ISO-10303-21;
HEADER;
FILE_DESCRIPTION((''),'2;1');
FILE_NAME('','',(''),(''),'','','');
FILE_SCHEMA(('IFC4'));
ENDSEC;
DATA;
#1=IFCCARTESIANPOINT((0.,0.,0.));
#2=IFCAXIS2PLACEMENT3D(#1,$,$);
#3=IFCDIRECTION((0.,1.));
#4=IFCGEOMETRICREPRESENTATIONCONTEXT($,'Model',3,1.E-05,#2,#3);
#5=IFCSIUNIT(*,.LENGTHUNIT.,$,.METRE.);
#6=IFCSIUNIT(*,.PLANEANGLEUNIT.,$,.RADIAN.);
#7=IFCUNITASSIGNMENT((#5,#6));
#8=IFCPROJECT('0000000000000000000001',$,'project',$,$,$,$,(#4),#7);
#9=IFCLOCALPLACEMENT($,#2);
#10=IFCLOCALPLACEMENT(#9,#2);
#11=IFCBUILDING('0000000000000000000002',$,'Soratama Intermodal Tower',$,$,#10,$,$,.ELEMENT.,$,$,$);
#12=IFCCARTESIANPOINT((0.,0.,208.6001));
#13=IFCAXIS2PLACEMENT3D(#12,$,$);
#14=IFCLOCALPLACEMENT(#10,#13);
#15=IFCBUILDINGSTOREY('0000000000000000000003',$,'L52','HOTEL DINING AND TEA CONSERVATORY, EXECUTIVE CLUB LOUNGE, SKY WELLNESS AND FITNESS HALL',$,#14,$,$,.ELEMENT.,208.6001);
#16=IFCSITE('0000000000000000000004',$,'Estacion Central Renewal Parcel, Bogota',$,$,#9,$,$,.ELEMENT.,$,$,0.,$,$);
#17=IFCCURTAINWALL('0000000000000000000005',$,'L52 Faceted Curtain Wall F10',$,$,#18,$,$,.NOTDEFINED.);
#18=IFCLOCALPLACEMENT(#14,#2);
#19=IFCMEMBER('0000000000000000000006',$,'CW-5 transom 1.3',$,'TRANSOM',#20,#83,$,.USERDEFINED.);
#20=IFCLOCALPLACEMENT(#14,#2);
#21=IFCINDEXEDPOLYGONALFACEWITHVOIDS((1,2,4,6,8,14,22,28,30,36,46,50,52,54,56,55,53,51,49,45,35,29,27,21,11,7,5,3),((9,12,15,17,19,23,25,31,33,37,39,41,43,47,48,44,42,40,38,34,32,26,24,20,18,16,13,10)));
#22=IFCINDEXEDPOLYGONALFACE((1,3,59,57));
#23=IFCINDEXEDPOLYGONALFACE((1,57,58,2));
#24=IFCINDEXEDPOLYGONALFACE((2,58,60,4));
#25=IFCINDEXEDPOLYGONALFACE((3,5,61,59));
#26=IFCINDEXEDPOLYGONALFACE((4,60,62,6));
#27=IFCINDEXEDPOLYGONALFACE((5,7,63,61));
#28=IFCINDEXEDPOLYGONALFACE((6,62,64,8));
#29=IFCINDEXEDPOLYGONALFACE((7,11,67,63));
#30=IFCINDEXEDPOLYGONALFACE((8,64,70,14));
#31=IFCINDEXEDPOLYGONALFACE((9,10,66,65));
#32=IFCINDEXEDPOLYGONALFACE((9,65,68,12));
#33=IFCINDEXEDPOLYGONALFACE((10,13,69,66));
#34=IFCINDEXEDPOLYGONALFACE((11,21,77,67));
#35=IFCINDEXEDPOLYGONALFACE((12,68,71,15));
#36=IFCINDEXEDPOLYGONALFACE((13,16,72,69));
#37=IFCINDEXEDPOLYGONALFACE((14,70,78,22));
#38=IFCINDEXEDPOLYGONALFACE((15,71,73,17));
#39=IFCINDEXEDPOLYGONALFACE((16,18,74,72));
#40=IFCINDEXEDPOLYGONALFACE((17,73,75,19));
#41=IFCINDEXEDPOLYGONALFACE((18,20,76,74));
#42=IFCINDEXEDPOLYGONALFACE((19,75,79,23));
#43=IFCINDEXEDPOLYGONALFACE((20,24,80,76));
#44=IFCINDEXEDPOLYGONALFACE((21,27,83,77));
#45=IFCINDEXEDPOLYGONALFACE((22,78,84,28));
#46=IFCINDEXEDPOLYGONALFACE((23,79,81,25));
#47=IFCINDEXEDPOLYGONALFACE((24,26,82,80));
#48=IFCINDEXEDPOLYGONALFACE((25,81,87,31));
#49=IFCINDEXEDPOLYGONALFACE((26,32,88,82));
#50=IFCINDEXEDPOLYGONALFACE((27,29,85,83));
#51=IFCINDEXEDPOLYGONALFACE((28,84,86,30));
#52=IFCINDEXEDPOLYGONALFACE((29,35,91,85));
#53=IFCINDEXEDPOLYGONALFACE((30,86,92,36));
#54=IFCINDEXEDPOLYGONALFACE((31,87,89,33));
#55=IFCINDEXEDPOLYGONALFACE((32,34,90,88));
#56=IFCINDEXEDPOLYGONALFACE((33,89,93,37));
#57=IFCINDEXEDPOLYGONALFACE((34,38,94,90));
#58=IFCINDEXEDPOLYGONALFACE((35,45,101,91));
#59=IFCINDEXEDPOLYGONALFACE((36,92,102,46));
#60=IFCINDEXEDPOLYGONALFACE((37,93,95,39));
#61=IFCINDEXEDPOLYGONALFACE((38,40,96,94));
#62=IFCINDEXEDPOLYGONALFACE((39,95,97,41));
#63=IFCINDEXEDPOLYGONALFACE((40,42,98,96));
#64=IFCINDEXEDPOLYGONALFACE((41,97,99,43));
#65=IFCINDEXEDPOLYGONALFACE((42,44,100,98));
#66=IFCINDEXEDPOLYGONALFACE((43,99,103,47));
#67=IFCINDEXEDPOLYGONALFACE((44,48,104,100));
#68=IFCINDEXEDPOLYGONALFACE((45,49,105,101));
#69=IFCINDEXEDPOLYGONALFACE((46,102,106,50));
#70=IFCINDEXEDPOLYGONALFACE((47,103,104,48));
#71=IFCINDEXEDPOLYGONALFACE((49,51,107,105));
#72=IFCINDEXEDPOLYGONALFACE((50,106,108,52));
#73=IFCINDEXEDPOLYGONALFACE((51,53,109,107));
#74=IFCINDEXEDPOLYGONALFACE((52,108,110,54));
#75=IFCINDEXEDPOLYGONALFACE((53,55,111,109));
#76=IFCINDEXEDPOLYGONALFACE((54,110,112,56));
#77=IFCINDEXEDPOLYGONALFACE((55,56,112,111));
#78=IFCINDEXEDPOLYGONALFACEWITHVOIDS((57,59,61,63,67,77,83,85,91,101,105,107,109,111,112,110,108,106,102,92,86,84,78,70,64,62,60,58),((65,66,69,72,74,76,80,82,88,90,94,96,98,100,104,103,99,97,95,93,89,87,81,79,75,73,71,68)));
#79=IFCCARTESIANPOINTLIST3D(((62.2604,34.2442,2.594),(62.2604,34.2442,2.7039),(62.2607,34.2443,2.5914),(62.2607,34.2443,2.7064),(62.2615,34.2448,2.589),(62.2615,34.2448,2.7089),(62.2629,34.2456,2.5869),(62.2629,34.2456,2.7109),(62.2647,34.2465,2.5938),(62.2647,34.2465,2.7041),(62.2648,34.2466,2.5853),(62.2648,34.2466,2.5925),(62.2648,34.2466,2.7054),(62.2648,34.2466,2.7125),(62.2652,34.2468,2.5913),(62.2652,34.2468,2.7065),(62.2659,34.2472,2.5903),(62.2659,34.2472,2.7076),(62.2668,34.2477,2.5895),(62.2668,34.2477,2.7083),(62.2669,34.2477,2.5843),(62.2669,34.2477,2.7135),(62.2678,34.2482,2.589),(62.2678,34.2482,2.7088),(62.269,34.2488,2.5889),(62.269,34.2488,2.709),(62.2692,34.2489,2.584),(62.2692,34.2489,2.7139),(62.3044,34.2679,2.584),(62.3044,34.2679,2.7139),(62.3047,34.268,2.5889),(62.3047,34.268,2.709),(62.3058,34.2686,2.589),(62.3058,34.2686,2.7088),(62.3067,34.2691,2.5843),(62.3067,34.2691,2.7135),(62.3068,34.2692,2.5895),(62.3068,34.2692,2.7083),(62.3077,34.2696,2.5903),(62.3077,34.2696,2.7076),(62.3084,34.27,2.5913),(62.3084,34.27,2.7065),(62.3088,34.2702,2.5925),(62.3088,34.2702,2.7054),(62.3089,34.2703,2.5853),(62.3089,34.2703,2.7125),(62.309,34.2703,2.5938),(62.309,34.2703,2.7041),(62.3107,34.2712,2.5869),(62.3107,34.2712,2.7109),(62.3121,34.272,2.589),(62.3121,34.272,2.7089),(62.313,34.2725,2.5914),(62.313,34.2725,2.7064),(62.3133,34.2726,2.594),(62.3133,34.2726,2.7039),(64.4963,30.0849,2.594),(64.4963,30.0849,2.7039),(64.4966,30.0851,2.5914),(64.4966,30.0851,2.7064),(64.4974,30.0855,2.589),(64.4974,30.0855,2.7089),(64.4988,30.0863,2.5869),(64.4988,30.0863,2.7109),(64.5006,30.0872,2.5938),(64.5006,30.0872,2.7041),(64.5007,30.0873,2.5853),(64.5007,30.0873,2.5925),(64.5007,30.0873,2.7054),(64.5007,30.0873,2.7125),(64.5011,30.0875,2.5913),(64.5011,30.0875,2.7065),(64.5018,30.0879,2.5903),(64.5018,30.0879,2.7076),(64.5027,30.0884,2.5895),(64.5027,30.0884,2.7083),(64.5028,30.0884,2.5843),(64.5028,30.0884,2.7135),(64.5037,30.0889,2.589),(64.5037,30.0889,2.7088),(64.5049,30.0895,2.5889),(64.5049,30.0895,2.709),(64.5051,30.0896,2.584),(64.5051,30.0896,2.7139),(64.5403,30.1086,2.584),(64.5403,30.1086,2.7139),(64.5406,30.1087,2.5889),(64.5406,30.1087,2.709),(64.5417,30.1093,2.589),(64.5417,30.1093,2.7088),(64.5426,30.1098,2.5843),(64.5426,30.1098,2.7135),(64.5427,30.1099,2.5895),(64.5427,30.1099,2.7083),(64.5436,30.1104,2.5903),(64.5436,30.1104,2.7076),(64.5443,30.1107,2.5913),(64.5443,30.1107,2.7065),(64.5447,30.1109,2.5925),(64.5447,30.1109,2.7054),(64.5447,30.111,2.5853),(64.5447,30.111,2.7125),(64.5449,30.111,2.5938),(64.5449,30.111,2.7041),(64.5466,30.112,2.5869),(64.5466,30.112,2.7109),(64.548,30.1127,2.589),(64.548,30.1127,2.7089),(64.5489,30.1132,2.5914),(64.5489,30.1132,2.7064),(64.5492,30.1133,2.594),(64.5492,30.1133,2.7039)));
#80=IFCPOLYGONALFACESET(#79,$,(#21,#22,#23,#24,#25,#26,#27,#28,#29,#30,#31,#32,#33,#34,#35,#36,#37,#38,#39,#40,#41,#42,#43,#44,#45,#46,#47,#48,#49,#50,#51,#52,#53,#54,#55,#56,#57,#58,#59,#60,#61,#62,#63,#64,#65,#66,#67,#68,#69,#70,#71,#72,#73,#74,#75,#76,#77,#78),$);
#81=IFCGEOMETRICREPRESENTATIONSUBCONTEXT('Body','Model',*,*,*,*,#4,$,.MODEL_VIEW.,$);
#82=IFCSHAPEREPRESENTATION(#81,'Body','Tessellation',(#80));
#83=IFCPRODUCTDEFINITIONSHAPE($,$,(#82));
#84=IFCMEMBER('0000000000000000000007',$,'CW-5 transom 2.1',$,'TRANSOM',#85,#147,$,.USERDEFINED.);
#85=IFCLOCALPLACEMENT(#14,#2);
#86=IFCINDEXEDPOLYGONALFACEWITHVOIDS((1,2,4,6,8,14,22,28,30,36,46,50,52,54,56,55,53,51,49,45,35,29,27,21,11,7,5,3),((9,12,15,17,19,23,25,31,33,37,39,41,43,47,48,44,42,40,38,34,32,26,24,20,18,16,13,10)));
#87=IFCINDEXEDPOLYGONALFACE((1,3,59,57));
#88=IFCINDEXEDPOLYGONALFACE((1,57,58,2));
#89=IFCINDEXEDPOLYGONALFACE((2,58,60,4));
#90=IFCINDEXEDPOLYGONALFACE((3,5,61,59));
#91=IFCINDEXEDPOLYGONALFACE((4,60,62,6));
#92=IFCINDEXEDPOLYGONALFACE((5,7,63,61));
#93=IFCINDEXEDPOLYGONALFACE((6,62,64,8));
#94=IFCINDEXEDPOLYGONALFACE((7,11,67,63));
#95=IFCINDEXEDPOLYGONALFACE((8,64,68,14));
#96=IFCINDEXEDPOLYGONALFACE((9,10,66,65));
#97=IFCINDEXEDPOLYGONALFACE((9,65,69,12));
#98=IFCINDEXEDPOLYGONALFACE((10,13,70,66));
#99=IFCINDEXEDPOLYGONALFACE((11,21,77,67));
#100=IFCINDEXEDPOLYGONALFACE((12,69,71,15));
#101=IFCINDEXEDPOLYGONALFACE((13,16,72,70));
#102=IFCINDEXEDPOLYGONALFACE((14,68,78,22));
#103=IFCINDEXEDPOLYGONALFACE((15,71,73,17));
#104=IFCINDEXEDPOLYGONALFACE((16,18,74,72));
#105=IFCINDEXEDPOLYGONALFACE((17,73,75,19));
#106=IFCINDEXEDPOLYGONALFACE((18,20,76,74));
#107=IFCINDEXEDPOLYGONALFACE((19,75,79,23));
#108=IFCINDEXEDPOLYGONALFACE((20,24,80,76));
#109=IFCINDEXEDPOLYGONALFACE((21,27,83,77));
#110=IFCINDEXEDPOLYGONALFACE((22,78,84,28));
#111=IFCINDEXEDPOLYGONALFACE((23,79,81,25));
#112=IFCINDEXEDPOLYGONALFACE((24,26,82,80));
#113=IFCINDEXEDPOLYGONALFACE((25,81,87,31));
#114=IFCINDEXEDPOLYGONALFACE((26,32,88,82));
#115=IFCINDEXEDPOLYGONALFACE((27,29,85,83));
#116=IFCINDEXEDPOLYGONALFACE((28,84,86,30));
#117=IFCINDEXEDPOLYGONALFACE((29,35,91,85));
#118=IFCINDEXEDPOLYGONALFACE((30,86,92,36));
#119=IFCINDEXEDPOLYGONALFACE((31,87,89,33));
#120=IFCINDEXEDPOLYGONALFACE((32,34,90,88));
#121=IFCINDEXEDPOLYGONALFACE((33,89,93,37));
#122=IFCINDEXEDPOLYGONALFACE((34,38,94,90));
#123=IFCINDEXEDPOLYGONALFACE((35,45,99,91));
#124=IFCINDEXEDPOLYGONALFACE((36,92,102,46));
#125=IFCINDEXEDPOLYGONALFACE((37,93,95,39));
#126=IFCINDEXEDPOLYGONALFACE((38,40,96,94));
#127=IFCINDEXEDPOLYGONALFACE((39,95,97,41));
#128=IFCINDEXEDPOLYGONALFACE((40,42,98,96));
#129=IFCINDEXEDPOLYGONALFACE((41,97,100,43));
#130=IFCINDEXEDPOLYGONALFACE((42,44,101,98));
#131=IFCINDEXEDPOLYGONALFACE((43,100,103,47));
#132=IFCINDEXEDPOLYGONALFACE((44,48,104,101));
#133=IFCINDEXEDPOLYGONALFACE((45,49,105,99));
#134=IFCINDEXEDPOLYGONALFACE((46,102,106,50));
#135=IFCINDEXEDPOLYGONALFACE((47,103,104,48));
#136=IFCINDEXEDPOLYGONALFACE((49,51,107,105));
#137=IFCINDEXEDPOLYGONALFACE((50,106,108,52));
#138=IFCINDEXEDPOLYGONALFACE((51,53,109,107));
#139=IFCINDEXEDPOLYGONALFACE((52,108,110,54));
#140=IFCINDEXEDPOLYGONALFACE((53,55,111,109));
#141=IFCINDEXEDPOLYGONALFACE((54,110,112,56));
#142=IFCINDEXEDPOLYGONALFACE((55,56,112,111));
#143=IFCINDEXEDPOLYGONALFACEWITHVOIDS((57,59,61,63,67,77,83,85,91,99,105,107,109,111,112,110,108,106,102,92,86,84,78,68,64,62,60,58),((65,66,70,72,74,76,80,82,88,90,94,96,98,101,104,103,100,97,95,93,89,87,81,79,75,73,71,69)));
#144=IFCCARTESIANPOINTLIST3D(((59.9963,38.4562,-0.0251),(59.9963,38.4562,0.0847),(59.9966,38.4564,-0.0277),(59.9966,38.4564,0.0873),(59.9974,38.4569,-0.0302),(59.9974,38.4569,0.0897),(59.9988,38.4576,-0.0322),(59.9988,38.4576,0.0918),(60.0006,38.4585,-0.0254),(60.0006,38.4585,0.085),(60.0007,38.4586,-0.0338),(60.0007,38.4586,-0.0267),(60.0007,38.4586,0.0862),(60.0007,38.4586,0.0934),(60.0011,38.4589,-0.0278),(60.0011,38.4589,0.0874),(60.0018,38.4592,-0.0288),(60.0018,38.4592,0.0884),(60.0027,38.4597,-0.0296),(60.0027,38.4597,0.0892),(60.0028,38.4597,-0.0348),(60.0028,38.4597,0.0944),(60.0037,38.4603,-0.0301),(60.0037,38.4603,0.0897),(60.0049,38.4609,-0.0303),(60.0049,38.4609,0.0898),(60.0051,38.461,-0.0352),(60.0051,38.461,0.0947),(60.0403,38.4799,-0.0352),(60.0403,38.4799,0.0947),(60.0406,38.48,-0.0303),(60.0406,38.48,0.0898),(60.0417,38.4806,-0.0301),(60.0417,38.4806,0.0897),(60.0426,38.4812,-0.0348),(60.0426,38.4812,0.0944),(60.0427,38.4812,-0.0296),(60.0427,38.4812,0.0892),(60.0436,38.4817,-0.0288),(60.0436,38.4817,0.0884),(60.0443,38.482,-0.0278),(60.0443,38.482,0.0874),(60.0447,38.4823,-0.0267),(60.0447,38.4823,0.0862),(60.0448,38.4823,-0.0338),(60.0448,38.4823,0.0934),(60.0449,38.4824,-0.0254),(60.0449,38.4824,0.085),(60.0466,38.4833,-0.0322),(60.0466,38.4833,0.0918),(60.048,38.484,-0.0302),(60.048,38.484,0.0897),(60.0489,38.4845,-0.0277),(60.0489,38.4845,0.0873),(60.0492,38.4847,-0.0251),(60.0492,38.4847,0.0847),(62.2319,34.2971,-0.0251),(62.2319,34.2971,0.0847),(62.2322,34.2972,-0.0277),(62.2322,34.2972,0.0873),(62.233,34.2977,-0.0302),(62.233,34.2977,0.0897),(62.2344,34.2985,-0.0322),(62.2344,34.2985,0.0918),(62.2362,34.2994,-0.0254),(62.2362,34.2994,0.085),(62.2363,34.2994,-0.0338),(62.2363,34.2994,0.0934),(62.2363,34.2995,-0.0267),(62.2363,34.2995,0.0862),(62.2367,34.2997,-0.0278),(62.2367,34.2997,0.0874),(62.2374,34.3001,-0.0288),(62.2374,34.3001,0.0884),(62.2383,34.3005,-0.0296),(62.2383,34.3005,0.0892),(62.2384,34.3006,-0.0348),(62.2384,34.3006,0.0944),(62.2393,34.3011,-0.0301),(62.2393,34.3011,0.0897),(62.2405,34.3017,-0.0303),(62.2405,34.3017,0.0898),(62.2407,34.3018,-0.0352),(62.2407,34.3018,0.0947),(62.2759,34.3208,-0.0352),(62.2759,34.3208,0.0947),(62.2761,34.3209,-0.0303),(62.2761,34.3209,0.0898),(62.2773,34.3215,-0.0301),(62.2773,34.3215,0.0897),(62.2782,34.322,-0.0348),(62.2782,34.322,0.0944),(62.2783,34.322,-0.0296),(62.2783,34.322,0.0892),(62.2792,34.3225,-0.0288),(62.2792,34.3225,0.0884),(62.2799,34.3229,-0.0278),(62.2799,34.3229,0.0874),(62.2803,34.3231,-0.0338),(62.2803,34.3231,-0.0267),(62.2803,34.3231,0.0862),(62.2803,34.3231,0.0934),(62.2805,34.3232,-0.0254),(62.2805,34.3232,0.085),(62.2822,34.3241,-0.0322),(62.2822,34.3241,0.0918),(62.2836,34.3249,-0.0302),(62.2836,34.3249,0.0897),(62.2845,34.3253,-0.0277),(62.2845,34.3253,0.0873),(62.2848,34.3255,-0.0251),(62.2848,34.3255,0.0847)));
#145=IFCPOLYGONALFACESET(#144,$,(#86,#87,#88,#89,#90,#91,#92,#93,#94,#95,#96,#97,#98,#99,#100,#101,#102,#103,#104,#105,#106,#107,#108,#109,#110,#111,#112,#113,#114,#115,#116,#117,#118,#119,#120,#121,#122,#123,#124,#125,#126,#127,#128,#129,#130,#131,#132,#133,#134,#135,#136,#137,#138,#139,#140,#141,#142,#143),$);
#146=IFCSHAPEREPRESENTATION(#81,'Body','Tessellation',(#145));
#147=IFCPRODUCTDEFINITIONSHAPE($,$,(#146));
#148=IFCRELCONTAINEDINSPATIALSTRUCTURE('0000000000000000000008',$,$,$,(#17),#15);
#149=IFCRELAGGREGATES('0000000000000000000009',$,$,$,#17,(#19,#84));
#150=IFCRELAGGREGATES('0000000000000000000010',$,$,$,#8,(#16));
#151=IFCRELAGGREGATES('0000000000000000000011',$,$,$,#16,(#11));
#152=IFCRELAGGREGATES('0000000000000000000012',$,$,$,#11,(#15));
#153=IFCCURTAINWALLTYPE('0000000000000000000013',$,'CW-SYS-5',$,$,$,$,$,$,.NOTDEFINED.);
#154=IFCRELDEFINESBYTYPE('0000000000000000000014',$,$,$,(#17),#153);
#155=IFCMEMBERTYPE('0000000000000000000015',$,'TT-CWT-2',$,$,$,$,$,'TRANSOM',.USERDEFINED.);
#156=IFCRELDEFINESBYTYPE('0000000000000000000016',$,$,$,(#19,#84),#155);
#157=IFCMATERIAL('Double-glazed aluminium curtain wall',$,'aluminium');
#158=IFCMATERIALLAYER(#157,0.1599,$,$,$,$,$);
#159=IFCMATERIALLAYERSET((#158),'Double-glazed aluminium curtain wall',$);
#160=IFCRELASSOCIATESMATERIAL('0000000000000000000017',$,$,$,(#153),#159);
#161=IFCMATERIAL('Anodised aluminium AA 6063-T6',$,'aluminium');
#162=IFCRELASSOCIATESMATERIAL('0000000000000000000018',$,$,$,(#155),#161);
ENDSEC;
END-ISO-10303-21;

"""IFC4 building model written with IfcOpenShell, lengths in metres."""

from ifc_helpers import new_model, si_unit, direction, frame, origin, origin_2d, place, context, subcontext, project, spatial, hollow_rectangle, extrude, material, layer, layer_set, material_profile, profile_set, type_object, element, aggregate, save


model = new_model("IFC4")

# Units and contexts
model_context = context("Model", 3, precision=1e-05, world=origin(), true_north=direction((0.0, 1.0)))
body_context = subcontext(model_context, "Body", "Model", "MODEL_VIEW")
ifc_project = project(units=[si_unit("LENGTHUNIT", "METRE"), si_unit("PLANEANGLEUNIT", "RADIAN")], contexts=[model_context])

# Site, building, storey
site_placement = place(None, origin())
site = spatial("IfcSite", under=ifc_project, at=site_placement, Name="Estacion Central Renewal Parcel, Bogota", CompositionType="ELEMENT", RefElevation=0.0)
building_placement = place(site_placement, origin())
building = spatial("IfcBuilding", under=site, at=building_placement, Name="Soratama Intermodal Tower", CompositionType="ELEMENT")
storey_placement = place(building_placement, frame((0.0, 0.0, 208.6001)))
storey = spatial("IfcBuildingStorey", under=building, at=storey_placement, Name="L52", Description="HOTEL DINING AND TEA CONSERVATORY, EXECUTIVE CLUB LOUNGE, SKY WELLNESS AND FITNESS HALL", CompositionType="ELEMENT", Elevation=208.6001)

# Curtain wall, members
ifc_material_1 = material(Name="Double-glazed aluminium curtain wall", Category="aluminium")
ifc_layer_1 = layer(ifc_material_1, 0.1599)
ifc_layer_set_1 = layer_set([ifc_layer_1], Name="Double-glazed aluminium curtain wall")
curtain_wall_type = type_object("IfcCurtainWallType", Name="CW-SYS-5", PredefinedType="NOTDEFINED", material=ifc_layer_set_1)
curtain_wall_placement = place(storey_placement, origin())
curtain_wall = element("IfcCurtainWall", 1, at=curtain_wall_placement, inside=storey, type_object=curtain_wall_type, Name="L52 Faceted Curtain Wall F10", PredefinedType="NOTDEFINED")
ifc_material_2 = material(Name="Anodised aluminium AA 6063-T6", Category="aluminium")
ifc_material_profile_1 = material_profile(ifc_material_2, hollow_rectangle(XDim=0.0601, YDim=0.1299, WallThickness=0.0049, InnerFilletRadius=0.0049, OuterFilletRadius=0.01, at=origin_2d()), Name="CWT130X60X5")
ifc_profile_set_1 = profile_set([ifc_material_profile_1], Name="Anodised aluminium AA 6063-T6")
member_type_1 = type_object("IfcMemberType", Name="TT-CWT-2", ElementType="TRANSOM", PredefinedType="USERDEFINED", material=ifc_profile_set_1)
member_1_placement = place(storey_placement, frame((64.5227, 30.0991, 2.6489), z_axis=(-0.473489, 0.8808, 0.0), x_axis=(-0.8808, -0.473489, 0.0)))
member_1 = element("IfcMember", 2, at=member_1_placement, type_object=member_type_1, Name="CW-5 transom 1.3", ObjectType="TRANSOM", PredefinedType="USERDEFINED", context=body_context, shape_type="SweptSolid", body=[
    extrude(hollow_rectangle(XDim=0.0601, YDim=0.1299, WallThickness=0.0049, InnerFilletRadius=0.0049, OuterFilletRadius=0.01, at=origin_2d()), origin(), (0.0, 0.0, 1.0), 4.7222),
])
member_2_placement = place(storey_placement, frame((62.2583, 34.3113, 0.0298), z_axis=(-0.473449, 0.880821, 0.0), x_axis=(-0.880821, -0.473449, 0.0)))
member_2 = element("IfcMember", 3, at=member_2_placement, type_object=member_type_1, Name="CW-5 transom 2.1", ObjectType="TRANSOM", PredefinedType="USERDEFINED", context=body_context, shape_type="SweptSolid", body=[
    extrude(hollow_rectangle(XDim=0.0601, YDim=0.1299, WallThickness=0.0049, InnerFilletRadius=0.0049, OuterFilletRadius=0.01, at=origin_2d()), origin(), (0.0, 0.0, 1.0), 4.7219),
])
aggregate(curtain_wall, [member_1, member_2])

save(model, "model.ifc")
